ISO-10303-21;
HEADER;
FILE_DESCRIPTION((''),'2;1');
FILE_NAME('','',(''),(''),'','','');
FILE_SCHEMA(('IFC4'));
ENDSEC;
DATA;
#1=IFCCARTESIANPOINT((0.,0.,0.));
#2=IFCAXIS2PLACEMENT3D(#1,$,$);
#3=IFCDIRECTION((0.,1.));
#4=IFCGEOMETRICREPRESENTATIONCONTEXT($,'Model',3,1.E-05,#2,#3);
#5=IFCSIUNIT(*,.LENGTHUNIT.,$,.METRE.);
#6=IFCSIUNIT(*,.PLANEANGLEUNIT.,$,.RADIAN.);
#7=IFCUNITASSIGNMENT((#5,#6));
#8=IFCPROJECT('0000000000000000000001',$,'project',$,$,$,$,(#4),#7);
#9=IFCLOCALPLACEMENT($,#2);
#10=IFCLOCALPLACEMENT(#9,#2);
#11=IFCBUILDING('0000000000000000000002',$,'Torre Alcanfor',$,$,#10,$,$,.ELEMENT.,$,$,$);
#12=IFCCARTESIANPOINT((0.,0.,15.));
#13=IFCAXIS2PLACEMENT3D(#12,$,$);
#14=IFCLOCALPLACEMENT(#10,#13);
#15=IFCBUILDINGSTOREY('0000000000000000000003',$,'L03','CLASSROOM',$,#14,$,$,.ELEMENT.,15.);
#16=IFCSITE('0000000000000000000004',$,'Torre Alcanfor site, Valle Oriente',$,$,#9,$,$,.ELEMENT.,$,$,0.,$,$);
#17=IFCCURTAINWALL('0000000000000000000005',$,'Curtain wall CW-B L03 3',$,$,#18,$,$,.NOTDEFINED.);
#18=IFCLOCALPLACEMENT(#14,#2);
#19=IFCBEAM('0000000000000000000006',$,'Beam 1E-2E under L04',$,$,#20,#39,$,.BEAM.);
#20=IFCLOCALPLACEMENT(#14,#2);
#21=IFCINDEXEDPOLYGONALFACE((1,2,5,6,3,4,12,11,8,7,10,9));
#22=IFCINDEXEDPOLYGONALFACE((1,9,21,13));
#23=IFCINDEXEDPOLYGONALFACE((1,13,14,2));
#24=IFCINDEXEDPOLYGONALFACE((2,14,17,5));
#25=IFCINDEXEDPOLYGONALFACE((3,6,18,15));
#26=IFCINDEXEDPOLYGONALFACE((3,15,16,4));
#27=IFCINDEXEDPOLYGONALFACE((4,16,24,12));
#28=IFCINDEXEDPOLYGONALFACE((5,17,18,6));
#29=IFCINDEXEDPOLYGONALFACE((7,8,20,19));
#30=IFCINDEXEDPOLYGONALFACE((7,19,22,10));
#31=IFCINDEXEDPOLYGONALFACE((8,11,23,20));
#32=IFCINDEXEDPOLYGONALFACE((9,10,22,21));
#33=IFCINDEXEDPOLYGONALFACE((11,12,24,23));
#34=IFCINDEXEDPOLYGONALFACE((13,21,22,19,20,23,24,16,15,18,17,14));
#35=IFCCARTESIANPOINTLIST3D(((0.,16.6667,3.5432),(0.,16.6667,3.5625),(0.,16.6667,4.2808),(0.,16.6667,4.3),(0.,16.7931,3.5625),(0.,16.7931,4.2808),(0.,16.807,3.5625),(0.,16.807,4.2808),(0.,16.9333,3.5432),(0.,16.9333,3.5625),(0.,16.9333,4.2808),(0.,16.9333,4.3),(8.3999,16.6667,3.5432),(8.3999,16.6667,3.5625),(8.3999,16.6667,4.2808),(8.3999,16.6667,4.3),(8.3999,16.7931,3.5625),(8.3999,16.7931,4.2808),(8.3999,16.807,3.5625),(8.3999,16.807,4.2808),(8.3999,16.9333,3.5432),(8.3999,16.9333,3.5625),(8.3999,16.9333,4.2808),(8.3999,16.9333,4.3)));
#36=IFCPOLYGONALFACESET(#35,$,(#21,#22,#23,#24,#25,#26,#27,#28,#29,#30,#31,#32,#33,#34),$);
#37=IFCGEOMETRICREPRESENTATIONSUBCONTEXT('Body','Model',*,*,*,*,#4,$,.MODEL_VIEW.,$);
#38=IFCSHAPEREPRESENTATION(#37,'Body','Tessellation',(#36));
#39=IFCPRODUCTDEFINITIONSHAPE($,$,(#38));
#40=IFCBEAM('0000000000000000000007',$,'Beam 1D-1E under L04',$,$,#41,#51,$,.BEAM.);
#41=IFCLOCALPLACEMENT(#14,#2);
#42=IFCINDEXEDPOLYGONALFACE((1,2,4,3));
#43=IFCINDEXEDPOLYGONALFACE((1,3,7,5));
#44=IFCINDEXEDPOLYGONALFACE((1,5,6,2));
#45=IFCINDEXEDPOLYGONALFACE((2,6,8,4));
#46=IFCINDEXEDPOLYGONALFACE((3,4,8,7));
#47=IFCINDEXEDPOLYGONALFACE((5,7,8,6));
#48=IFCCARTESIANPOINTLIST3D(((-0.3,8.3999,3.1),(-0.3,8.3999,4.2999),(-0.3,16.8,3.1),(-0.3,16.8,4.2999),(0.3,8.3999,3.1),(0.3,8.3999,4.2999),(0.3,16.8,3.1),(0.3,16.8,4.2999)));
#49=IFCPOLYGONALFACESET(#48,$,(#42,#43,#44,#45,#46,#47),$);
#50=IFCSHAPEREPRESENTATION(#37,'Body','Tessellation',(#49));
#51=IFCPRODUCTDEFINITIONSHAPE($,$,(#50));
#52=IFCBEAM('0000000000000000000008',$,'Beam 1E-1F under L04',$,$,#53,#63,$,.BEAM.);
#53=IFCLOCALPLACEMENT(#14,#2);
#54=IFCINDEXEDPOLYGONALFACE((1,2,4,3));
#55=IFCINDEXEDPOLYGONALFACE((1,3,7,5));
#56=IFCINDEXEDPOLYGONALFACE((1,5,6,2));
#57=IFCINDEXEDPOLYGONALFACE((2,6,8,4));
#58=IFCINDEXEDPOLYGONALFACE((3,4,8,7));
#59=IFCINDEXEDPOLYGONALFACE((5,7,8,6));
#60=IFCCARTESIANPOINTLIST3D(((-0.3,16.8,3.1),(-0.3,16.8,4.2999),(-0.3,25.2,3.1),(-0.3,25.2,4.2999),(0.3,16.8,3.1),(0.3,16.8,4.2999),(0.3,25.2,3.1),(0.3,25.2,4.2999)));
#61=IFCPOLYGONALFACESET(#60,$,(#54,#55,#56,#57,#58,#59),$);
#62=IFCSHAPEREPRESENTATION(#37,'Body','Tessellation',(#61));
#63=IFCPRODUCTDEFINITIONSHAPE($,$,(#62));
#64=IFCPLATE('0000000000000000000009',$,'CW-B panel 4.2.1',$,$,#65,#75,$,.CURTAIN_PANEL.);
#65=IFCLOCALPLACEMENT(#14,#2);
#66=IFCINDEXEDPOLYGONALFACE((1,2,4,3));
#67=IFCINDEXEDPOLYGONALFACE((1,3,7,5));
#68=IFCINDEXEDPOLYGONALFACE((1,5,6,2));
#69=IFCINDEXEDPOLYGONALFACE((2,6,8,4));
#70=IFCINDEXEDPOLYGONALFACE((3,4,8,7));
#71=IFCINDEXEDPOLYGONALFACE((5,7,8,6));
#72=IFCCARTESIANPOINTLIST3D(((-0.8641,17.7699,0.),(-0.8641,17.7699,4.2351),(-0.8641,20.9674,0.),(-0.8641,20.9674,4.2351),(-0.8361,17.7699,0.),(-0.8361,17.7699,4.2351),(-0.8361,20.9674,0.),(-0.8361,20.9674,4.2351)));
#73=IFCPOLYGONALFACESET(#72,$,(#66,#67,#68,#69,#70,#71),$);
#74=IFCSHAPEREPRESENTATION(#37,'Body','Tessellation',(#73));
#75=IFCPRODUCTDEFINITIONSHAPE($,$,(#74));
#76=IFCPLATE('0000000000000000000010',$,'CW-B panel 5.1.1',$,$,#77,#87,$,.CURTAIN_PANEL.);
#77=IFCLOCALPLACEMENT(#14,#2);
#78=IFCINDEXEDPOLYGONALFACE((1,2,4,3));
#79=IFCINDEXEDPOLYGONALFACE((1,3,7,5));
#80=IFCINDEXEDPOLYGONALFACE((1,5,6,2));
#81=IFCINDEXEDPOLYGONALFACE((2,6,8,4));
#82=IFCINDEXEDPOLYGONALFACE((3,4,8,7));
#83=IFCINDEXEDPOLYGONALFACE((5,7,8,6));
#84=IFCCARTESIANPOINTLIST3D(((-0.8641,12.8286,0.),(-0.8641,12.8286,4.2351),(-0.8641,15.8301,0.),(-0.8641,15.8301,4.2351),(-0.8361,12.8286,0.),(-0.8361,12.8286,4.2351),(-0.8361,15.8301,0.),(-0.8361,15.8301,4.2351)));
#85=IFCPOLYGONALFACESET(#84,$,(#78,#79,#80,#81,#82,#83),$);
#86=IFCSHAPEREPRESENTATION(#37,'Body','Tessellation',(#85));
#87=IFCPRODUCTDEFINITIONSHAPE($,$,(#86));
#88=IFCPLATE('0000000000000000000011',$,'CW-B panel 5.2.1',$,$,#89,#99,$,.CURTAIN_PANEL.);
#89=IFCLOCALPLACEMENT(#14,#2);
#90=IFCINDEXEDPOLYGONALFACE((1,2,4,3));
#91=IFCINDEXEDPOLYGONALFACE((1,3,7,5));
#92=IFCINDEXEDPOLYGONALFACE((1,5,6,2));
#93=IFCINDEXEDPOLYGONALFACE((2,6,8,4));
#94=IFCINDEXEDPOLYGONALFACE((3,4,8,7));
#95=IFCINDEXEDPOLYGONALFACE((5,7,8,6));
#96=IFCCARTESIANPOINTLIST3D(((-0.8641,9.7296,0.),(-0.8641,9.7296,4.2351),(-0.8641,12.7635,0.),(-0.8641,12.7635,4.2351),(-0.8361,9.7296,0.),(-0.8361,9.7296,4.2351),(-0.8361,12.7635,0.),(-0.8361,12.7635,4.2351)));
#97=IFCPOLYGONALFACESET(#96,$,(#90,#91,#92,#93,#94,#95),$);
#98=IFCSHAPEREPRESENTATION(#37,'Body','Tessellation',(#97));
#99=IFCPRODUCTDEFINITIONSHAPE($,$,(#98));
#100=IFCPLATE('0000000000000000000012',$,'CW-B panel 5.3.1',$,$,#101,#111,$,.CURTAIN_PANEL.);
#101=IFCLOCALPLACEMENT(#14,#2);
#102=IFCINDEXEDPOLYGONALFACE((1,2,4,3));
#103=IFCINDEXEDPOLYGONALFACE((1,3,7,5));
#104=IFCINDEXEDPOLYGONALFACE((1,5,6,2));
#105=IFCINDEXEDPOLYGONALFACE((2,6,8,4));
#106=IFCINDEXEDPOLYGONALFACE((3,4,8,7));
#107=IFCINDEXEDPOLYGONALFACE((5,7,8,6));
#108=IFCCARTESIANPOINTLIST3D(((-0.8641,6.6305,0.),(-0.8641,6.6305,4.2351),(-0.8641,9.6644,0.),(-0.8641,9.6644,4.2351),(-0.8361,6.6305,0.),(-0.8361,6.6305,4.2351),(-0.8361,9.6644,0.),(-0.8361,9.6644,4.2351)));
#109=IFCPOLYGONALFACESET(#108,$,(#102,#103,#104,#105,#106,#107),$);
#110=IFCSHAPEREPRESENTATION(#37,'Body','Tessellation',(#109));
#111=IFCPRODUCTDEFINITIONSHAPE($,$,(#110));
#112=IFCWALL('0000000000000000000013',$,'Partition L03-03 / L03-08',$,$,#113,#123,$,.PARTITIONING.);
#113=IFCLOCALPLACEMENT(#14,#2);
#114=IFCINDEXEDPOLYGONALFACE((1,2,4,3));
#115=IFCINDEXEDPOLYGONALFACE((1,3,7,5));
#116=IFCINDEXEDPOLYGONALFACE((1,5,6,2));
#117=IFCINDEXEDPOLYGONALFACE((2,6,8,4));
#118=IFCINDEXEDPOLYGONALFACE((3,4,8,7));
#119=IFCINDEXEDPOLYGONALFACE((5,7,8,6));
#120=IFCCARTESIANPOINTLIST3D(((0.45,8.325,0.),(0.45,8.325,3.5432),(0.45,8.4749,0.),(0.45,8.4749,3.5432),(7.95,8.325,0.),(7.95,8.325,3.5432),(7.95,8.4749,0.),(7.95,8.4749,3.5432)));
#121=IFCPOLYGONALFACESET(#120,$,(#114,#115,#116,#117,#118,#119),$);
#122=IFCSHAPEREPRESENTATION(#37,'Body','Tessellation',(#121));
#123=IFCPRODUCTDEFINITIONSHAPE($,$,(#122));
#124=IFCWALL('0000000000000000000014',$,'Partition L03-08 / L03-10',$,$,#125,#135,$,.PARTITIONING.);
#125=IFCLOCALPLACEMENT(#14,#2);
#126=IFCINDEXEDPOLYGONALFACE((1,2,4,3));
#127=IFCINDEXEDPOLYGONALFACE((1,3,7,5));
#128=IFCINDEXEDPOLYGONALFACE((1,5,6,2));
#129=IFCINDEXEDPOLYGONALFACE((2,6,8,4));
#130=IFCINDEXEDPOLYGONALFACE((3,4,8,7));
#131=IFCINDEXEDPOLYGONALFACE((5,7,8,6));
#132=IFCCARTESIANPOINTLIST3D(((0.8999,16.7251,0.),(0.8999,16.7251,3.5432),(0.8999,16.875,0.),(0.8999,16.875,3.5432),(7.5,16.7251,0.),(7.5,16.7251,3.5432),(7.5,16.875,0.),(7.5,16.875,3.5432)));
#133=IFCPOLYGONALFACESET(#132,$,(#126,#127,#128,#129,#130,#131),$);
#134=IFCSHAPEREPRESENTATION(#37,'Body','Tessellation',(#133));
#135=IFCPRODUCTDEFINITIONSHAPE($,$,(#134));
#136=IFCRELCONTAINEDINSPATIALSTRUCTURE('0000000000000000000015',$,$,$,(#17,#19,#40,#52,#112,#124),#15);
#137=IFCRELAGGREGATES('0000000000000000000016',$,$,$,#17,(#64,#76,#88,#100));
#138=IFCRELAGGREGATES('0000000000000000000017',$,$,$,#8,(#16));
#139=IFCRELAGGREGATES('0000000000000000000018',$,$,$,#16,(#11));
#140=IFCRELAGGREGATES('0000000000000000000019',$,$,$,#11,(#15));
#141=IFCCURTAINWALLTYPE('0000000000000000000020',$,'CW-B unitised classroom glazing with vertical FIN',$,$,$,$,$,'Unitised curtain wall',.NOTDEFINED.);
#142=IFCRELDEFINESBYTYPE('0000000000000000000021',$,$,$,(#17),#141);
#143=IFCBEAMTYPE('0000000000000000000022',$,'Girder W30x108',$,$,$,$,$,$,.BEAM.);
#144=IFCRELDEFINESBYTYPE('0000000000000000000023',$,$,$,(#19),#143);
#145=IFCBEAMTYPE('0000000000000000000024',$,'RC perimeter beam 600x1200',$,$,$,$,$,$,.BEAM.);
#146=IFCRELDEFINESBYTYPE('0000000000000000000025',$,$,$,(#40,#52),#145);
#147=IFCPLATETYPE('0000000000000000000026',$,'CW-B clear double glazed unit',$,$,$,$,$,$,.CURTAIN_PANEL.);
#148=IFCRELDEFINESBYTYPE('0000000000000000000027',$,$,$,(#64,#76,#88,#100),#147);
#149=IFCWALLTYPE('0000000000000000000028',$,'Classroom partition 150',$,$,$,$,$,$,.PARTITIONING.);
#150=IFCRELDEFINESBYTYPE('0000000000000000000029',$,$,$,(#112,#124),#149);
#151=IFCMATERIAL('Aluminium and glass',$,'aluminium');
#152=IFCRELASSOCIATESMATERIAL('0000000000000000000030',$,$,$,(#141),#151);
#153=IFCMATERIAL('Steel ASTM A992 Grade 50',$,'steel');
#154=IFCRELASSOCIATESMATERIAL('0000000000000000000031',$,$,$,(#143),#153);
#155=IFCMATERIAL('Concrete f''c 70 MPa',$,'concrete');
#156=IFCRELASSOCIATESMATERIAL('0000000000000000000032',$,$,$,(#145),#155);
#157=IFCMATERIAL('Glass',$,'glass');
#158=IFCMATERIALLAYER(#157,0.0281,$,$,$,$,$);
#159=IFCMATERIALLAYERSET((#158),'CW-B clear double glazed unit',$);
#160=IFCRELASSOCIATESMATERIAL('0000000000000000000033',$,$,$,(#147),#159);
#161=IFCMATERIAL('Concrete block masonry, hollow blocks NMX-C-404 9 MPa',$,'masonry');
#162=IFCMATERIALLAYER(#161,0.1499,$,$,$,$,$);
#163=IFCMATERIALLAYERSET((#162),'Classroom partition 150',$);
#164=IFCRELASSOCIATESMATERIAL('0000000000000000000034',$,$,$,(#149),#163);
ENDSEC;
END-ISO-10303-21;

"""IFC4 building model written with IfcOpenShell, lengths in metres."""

from ifc_helpers import new_model, si_unit, direction, frame, frame_2d, origin, origin_2d, place, context, subcontext, project, spatial, rectangle, i_section, extrude, material, layer, layer_set, material_profile, profile_set, type_object, element, aggregate, save


model = new_model("IFC4")

# Units and contexts
model_context = context("Model", 3, precision=1e-05, world=origin(), true_north=direction((0.0, 1.0)))
body_context = subcontext(model_context, "Body", "Model", "MODEL_VIEW")
ifc_project = project(units=[si_unit("LENGTHUNIT", "METRE"), si_unit("PLANEANGLEUNIT", "RADIAN")], contexts=[model_context])

# Site, building, storey
site_placement = place(None, origin())
site = spatial("IfcSite", under=ifc_project, at=site_placement, Name="Torre Alcanfor site, Valle Oriente", CompositionType="ELEMENT", RefElevation=0.0)
building_placement = place(site_placement, origin())
building = spatial("IfcBuilding", under=site, at=building_placement, Name="Torre Alcanfor", CompositionType="ELEMENT")
storey_placement = place(building_placement, frame((0.0, 0.0, 15.0)))
storey = spatial("IfcBuildingStorey", under=building, at=storey_placement, Name="L03", Description="CLASSROOM", CompositionType="ELEMENT", Elevation=15.0)

# Curtain wall
ifc_material_1 = material(Name="Aluminium and glass", Category="aluminium")
curtain_wall_type = type_object("IfcCurtainWallType", Name="CW-B unitised classroom glazing with vertical FIN", ElementType="Unitised curtain wall", PredefinedType="NOTDEFINED", material=ifc_material_1)
curtain_wall_placement = place(storey_placement, origin())
curtain_wall = element("IfcCurtainWall", 1, at=curtain_wall_placement, inside=storey, type_object=curtain_wall_type, Name="Curtain wall CW-B L03 3", PredefinedType="NOTDEFINED")

# Beams
ifc_material_2 = material(Name="Steel ASTM A992 Grade 50", Category="steel")
ifc_material_profile_1 = material_profile(ifc_material_2, i_section(OverallWidth=0.2666, OverallDepth=0.7568, WebThickness=0.0139, FlangeThickness=0.0193, at=origin_2d()), Name="W30x108")
ifc_profile_set_1 = profile_set([ifc_material_profile_1], Name="Steel ASTM A992 Grade 50")
beam_type_1 = type_object("IfcBeamType", Name="Girder W30x108", PredefinedType="BEAM", material=ifc_profile_set_1)
for number, where, z_axis, x_axis, name in (
    (2, (0.0, 16.8, 3.9216), (1.0, 0.0, 0.0), (0.0, 1.0, 0.0), "Beam 1E-2E under L04"),
):
    element("IfcBeam", number, at=place(storey_placement, frame(where, z_axis=z_axis, x_axis=x_axis)), inside=storey, type_object=beam_type_1, Name=name, PredefinedType="BEAM", context=body_context, shape_type="SweptSolid", body=[
        extrude(i_section(OverallWidth=0.2666, OverallDepth=0.7568, WebThickness=0.0139, FlangeThickness=0.0193, at=origin_2d()), origin(), (0.0, 0.0, 1.0), 8.3999),
    ])
ifc_material_3 = material(Name="Concrete f'c 70 MPa", Category="concrete")
ifc_material_profile_2 = material_profile(ifc_material_3, rectangle(XDim=0.6001, YDim=1.2, at=origin_2d()), Name="600x1200")
ifc_profile_set_2 = profile_set([ifc_material_profile_2], Name="Concrete f'c 70 MPa")
beam_type_2 = type_object("IfcBeamType", Name="RC perimeter beam 600x1200", PredefinedType="BEAM", material=ifc_profile_set_2)
beam_1_placement = place(storey_placement, frame((0.0, 8.3999, 3.7), z_axis=(0.0, 1.0, 0.0), x_axis=(-1.0, 0.0, 0.0)))
element("IfcBeam", 3, at=beam_1_placement, inside=storey, type_object=beam_type_2, Name="Beam 1D-1E under L04", PredefinedType="BEAM", context=body_context, shape_type="SweptSolid", body=[
    extrude(rectangle(XDim=0.6001, YDim=1.2, at=origin_2d()), origin(), (0.0, 0.0, 1.0), 8.4001),
])
beam_2_placement = place(storey_placement, frame((0.0, 16.8, 3.7), z_axis=(0.0, 1.0, 0.0), x_axis=(-1.0, 0.0, 0.0)))
element("IfcBeam", 4, at=beam_2_placement, inside=storey, type_object=beam_type_2, Name="Beam 1E-1F under L04", PredefinedType="BEAM", context=body_context, shape_type="SweptSolid", body=[
    extrude(rectangle(XDim=0.6001, YDim=1.2, at=origin_2d()), origin(), (0.0, 0.0, 1.0), 8.3999),
])

# Plates
ifc_material_4 = material(Name="Glass", Category="glass")
ifc_layer_1 = layer(ifc_material_4, 0.0281)
ifc_layer_set_1 = layer_set([ifc_layer_1], Name="CW-B clear double glazed unit")
plate_type = type_object("IfcPlateType", Name="CW-B clear double glazed unit", PredefinedType="CURTAIN_PANEL", material=ifc_layer_set_1)
plate_1_placement = place(storey_placement, frame((-0.8501, 19.3687, 0.0), z_axis=(0.0, 0.0, 1.0), x_axis=(0.0, -1.0, 0.0)))
plate_1 = element("IfcPlate", 5, at=plate_1_placement, type_object=plate_type, Name="CW-B panel 4.2.1", PredefinedType="CURTAIN_PANEL", context=body_context, shape_type="SweptSolid", body=[
    extrude(rectangle(XDim=3.1975, YDim=0.0281, at=origin_2d()), origin(), (0.0, 0.0, 1.0), 4.2351),
])
plate_2_placement = place(storey_placement, frame((-0.8501, 14.3293, 0.0), z_axis=(0.0, 0.0, 1.0), x_axis=(0.0, -1.0, 0.0)))
plate_2 = element("IfcPlate", 6, at=plate_2_placement, type_object=plate_type, Name="CW-B panel 5.1.1", PredefinedType="CURTAIN_PANEL", context=body_context, shape_type="SweptSolid", body=[
    extrude(rectangle(XDim=3.0015, YDim=0.0281, at=origin_2d()), origin(), (0.0, 0.0, 1.0), 4.2351),
])
plate_3_placement = place(storey_placement, frame((-0.8501, 11.2466, 0.0), z_axis=(0.0, 0.0, 1.0), x_axis=(0.0, -1.0, 0.0)))
plate_3 = element("IfcPlate", 7, at=plate_3_placement, type_object=plate_type, Name="CW-B panel 5.2.1", PredefinedType="CURTAIN_PANEL", context=body_context, shape_type="SweptSolid", body=[
    extrude(rectangle(XDim=3.0339, YDim=0.0281, at=origin_2d()), origin(), (0.0, 0.0, 1.0), 4.2351),
])
plate_4_placement = place(storey_placement, frame((-0.8501, 8.1475, 0.0), z_axis=(0.0, 0.0, 1.0), x_axis=(0.0, -1.0, 0.0)))
plate_4 = element("IfcPlate", 8, at=plate_4_placement, type_object=plate_type, Name="CW-B panel 5.3.1", PredefinedType="CURTAIN_PANEL", context=body_context, shape_type="SweptSolid", body=[
    extrude(rectangle(XDim=3.0339, YDim=0.0281, at=origin_2d()), origin(), (0.0, 0.0, 1.0), 4.2351),
])
aggregate(curtain_wall, [plate_1, plate_2, plate_3, plate_4])

# Walls
ifc_material_5 = material(Name="Concrete block masonry, hollow blocks NMX-C-404 9 MPa", Category="masonry")
ifc_layer_2 = layer(ifc_material_5, 0.1499)
ifc_layer_set_2 = layer_set([ifc_layer_2], Name="Classroom partition 150")
wall_type = type_object("IfcWallType", Name="Classroom partition 150", PredefinedType="PARTITIONING", material=ifc_layer_set_2)
wall_1_placement = place(storey_placement, frame((0.45, 8.3999, 0.0), z_axis=(0.0, 0.0, 1.0), x_axis=(1.0, 0.0, 0.0)))
element("IfcWall", 9, at=wall_1_placement, inside=storey, type_object=wall_type, Name="Partition L03-03 / L03-08", PredefinedType="PARTITIONING", context=body_context, shape_type="SweptSolid", body=[
    extrude(rectangle(XDim=7.5, YDim=0.1499, at=frame_2d((3.75, 0.0))), origin(), (0.0, 0.0, 1.0), 3.5432),
])
wall_2_placement = place(storey_placement, frame((0.8999, 16.8, 0.0), z_axis=(0.0, 0.0, 1.0), x_axis=(1.0, 0.0, 0.0)))
element("IfcWall", 10, at=wall_2_placement, inside=storey, type_object=wall_type, Name="Partition L03-08 / L03-10", PredefinedType="PARTITIONING", context=body_context, shape_type="SweptSolid", body=[
    extrude(rectangle(XDim=6.6001, YDim=0.1499, at=frame_2d((3.3, 0.0))), origin(), (0.0, 0.0, 1.0), 3.5432),
])

save(model, "model.ifc")
